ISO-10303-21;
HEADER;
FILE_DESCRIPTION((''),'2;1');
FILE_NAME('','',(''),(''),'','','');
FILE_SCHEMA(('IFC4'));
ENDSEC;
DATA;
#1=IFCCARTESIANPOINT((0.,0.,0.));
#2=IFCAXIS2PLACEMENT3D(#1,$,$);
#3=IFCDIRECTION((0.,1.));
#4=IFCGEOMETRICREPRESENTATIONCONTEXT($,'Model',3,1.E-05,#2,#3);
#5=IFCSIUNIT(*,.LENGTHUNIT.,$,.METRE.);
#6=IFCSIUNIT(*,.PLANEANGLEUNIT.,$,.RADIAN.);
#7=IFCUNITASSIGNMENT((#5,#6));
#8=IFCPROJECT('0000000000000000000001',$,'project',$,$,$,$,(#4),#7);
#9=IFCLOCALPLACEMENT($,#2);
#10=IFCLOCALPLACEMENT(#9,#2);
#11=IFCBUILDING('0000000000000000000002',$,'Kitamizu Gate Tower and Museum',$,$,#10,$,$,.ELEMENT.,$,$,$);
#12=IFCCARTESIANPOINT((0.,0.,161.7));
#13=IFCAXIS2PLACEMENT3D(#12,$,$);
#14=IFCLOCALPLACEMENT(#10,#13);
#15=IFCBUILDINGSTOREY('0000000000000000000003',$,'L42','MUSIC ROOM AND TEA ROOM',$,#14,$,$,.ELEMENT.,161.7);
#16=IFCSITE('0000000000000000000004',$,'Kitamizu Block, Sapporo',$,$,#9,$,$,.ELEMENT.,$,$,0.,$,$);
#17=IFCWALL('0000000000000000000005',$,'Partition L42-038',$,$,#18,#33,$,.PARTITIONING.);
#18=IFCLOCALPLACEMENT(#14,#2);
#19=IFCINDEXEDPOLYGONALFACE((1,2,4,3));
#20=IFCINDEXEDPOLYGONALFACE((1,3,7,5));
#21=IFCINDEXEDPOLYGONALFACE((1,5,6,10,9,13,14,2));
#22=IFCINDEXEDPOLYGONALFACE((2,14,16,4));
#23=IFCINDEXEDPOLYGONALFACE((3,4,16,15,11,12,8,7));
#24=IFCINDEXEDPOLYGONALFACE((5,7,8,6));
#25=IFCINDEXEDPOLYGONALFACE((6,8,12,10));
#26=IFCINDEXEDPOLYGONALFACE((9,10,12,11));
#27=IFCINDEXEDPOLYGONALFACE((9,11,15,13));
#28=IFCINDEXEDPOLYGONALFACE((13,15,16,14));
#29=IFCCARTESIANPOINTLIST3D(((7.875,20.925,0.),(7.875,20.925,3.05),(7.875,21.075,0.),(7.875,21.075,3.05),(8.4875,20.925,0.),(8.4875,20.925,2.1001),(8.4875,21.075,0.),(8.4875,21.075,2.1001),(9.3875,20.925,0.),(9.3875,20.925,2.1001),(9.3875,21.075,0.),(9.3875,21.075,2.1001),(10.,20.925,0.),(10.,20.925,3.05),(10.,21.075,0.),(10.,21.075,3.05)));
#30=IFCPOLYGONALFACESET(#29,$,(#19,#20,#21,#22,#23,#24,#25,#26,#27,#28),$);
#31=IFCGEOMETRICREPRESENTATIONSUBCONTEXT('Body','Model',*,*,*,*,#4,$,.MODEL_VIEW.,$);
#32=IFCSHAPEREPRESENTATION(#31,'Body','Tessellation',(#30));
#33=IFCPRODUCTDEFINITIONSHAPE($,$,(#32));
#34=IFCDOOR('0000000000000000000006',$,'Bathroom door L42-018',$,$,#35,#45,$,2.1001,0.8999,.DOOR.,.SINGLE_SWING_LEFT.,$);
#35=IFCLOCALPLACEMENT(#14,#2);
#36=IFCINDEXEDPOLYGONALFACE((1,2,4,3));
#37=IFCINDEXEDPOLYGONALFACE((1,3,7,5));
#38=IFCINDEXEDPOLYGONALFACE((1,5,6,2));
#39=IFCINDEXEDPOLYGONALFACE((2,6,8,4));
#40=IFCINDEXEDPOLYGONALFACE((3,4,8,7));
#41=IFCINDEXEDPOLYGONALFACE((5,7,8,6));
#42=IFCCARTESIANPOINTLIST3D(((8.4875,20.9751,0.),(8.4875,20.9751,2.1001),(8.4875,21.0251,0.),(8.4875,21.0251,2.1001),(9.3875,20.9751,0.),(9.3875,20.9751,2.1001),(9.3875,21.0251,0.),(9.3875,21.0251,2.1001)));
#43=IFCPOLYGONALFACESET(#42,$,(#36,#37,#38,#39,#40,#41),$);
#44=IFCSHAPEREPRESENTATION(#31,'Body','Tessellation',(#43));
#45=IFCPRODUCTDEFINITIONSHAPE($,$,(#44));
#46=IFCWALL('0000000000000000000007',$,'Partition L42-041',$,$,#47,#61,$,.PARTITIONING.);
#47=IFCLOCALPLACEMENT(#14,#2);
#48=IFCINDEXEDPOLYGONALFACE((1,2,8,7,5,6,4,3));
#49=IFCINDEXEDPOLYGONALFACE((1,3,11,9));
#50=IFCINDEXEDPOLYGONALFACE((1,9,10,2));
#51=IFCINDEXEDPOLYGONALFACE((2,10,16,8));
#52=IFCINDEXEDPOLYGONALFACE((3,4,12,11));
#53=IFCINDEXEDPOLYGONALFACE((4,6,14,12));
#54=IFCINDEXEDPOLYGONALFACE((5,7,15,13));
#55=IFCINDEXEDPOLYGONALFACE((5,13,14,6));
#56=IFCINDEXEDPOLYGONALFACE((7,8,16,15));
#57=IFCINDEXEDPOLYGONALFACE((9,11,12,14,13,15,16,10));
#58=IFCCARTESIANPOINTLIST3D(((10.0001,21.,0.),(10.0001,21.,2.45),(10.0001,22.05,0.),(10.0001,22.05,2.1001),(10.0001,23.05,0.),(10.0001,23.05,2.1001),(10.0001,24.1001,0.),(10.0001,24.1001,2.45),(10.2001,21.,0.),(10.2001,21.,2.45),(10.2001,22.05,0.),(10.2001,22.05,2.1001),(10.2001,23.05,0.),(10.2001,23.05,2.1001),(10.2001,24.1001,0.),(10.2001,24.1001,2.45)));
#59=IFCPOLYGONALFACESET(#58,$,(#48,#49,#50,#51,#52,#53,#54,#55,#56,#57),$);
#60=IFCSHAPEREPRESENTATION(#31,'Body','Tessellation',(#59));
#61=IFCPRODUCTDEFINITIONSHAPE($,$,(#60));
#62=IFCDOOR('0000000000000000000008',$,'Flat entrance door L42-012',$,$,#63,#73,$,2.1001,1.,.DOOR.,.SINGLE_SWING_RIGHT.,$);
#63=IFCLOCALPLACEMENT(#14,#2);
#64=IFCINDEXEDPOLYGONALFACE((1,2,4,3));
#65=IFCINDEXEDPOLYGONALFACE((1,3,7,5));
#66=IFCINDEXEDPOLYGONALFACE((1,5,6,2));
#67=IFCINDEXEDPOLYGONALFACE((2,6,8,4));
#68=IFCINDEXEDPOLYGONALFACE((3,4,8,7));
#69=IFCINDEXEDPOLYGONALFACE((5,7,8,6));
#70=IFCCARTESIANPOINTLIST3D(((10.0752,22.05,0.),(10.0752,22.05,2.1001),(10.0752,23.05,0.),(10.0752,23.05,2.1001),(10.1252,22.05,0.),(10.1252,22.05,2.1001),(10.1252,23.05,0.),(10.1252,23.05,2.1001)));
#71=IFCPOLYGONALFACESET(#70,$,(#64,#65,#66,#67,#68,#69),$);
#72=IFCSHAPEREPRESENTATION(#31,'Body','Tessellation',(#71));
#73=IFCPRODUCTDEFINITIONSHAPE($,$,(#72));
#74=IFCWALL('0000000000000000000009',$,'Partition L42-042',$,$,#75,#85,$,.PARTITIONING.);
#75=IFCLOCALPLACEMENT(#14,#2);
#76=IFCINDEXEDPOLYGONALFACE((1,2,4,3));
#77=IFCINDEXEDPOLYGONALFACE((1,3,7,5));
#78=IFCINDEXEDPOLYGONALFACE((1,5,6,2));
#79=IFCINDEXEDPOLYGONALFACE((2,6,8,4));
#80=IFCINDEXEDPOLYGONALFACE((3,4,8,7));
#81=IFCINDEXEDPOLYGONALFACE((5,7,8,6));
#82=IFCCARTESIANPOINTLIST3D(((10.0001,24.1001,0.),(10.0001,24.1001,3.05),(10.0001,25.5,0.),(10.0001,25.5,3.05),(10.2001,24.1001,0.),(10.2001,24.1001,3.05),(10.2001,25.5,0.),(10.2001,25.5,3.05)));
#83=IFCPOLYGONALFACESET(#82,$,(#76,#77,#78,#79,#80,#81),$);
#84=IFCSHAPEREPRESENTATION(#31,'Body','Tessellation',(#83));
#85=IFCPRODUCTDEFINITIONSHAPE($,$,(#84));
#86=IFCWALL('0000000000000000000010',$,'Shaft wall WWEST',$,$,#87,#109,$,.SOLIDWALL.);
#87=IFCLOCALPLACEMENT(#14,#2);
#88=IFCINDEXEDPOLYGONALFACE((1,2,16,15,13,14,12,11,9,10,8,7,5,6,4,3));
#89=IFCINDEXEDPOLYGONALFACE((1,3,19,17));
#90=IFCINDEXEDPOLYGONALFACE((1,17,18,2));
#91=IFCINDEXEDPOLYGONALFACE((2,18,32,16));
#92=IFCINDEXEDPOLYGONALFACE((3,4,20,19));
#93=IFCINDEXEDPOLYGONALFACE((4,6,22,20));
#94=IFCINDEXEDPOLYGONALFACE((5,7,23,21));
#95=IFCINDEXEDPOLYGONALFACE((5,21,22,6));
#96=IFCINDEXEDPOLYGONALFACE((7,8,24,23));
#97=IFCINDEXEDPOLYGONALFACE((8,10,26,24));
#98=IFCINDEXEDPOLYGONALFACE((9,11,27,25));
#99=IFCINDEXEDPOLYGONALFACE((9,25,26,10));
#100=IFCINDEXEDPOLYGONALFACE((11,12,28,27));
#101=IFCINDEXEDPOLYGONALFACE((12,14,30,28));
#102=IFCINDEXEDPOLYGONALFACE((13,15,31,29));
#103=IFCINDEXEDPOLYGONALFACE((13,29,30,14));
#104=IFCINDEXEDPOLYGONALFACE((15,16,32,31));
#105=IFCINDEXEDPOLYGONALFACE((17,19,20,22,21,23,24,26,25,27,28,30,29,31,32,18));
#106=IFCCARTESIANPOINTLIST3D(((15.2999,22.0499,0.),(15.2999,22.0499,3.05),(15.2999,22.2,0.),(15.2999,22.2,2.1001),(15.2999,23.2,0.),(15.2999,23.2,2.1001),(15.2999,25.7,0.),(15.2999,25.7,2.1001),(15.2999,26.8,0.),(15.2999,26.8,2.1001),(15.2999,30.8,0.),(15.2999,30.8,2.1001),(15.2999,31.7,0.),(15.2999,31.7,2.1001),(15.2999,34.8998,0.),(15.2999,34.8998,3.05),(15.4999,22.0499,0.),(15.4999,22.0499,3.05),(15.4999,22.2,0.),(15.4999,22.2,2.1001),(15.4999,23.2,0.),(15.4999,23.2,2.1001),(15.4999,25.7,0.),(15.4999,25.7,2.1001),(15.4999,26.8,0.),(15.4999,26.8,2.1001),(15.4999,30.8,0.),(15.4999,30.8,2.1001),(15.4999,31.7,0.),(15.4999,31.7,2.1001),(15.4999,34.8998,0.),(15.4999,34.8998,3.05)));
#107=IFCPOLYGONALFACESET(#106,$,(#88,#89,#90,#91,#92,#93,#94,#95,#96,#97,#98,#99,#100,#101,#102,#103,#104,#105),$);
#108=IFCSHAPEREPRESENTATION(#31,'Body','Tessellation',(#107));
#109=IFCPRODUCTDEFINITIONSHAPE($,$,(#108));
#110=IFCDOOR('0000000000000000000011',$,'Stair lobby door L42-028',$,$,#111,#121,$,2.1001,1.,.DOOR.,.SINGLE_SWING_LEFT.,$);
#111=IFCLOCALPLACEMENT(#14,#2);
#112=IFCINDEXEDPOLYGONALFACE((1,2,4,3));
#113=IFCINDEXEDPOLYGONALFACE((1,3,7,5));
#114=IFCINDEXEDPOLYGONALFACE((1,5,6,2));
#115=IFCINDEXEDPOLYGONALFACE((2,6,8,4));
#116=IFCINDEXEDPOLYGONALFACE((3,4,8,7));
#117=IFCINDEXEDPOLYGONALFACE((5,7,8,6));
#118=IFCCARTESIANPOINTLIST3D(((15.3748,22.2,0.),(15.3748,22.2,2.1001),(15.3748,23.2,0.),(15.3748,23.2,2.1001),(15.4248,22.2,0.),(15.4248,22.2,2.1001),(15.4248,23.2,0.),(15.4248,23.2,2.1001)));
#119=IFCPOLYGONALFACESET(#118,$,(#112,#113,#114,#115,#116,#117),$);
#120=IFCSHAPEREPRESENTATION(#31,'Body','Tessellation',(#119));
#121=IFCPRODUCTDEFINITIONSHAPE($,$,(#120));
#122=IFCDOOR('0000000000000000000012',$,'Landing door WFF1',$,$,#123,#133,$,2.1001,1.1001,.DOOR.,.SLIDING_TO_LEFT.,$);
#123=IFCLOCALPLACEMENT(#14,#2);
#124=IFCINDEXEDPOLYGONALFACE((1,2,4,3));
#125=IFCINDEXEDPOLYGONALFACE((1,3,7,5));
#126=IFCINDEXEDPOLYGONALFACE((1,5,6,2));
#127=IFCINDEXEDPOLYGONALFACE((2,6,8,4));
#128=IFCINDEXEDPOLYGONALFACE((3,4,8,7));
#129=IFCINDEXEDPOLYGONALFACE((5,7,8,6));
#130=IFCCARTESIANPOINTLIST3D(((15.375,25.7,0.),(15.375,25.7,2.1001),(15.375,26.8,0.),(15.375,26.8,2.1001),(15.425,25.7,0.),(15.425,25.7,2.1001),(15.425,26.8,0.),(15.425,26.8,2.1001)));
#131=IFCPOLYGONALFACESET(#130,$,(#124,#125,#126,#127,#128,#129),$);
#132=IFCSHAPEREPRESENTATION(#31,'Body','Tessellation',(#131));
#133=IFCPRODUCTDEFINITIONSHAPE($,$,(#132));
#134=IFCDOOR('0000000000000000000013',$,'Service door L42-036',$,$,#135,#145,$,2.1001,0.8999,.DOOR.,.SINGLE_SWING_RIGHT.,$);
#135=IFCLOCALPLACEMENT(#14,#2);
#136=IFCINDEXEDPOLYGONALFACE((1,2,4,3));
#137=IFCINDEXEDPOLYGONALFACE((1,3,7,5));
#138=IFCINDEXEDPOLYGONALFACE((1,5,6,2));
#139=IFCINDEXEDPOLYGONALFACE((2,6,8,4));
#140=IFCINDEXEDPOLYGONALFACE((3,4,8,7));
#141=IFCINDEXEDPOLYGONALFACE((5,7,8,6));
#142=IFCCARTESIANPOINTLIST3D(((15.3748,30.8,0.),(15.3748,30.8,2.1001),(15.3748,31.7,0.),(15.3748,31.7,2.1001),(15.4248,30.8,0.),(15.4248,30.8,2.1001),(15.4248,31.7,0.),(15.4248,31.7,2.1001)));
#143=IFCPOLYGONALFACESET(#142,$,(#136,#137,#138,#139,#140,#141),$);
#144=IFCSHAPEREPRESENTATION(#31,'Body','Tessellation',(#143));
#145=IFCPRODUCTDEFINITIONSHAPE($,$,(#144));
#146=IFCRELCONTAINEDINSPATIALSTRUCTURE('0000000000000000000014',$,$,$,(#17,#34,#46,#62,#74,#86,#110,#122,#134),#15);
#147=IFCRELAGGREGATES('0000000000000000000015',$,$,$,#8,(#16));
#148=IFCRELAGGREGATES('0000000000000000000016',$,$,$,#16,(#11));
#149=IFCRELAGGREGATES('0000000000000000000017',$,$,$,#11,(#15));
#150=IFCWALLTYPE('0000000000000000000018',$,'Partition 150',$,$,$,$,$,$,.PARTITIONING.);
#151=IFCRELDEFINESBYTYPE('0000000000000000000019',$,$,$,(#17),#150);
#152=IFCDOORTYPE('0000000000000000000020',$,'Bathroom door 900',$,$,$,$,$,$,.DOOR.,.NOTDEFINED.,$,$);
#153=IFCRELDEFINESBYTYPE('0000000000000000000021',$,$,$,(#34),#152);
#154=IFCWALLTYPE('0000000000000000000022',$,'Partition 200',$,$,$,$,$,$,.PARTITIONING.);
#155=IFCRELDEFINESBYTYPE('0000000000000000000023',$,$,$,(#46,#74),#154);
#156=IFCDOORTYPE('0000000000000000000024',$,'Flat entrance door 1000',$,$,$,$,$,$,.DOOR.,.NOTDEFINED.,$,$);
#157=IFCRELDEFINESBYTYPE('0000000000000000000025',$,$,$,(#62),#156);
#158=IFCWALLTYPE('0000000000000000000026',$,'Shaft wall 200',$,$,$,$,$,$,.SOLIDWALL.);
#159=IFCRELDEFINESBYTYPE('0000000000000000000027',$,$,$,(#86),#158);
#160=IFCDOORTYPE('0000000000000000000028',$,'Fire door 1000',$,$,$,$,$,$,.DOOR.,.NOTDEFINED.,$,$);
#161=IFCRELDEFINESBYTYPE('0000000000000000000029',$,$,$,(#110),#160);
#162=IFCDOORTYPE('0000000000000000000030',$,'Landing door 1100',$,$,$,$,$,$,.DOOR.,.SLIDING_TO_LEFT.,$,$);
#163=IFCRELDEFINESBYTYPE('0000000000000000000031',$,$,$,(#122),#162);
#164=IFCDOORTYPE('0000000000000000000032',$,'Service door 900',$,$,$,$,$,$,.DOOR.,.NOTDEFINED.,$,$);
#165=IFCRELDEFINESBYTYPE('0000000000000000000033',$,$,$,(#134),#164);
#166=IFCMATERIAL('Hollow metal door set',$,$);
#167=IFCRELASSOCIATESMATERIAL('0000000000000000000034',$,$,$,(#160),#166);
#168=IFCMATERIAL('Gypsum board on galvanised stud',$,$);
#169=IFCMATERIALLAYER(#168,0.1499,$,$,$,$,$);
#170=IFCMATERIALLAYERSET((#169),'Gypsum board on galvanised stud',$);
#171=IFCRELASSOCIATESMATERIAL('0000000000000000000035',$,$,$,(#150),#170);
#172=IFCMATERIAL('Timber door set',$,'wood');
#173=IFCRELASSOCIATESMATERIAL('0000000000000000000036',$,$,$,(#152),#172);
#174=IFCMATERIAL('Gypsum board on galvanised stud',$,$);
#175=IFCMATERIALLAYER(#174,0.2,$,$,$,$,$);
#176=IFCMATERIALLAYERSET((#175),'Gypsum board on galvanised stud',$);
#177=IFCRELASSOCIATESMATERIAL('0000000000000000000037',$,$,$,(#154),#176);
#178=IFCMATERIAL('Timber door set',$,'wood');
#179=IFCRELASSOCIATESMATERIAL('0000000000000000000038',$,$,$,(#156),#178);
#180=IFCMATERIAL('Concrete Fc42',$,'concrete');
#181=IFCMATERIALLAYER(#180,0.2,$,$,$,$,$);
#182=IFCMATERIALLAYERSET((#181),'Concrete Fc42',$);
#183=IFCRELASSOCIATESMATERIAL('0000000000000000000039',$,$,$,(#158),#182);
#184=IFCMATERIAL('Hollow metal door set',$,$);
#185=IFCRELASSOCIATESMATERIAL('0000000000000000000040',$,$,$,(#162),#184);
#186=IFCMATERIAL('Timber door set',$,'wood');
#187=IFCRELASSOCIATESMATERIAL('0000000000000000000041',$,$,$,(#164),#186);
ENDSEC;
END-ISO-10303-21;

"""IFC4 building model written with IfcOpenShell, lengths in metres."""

from ifc_helpers import new_model, si_unit, direction, frame, frame_2d, origin, place, context, subcontext, project, spatial, rectangle, extrude, material, layer, layer_set, type_object, element, fill, save


model = new_model("IFC4")

# Units and contexts
model_context = context("Model", 3, precision=1e-05, world=origin(), true_north=direction((0.0, 1.0)))
body_context = subcontext(model_context, "Body", "Model", "MODEL_VIEW")
ifc_project = project(units=[si_unit("LENGTHUNIT", "METRE"), si_unit("PLANEANGLEUNIT", "RADIAN")], contexts=[model_context])

# Site, building, storey
site_placement = place(None, origin())
site = spatial("IfcSite", under=ifc_project, at=site_placement, Name="Kitamizu Block, Sapporo", CompositionType="ELEMENT", RefElevation=0.0)
building_placement = place(site_placement, origin())
building = spatial("IfcBuilding", under=site, at=building_placement, Name="Kitamizu Gate Tower and Museum", CompositionType="ELEMENT")
storey_placement = place(building_placement, frame((0.0, 0.0, 161.7)))
storey = spatial("IfcBuildingStorey", under=building, at=storey_placement, Name="L42", Description="MUSIC ROOM AND TEA ROOM", CompositionType="ELEMENT", Elevation=161.7)

# Shared definitions
ifc_material_1 = material(Name="Hollow metal door set")
door_type_1 = type_object("IfcDoorType", Name="Fire door 1000", OperationType="NOTDEFINED", PredefinedType="DOOR", material=ifc_material_1)

# Walls, openings, doors
ifc_material_2 = material(Name="Gypsum board on galvanised stud")
ifc_layer_1 = layer(ifc_material_2, 0.1499)
ifc_layer_set_1 = layer_set([ifc_layer_1], Name="Gypsum board on galvanised stud")
wall_type_1 = type_object("IfcWallType", Name="Partition 150", PredefinedType="PARTITIONING", material=ifc_layer_set_1)
wall_1_placement = place(storey_placement, frame((10.0, 21.0, 0.0), z_axis=(0.0, 0.0, 1.0), x_axis=(-1.0, 0.0, 0.0)))
wall_1 = element("IfcWall", 1, at=wall_1_placement, inside=storey, type_object=wall_type_1, Name="Partition L42-038", PredefinedType="PARTITIONING", context=body_context, shape_type="SweptSolid", body=[
    extrude(rectangle(XDim=2.125, YDim=0.1499, at=frame_2d((1.0625, 0.0))), origin(), (0.0, 0.0, 1.0), 3.05),
])
opening_1_placement = place(wall_1_placement, frame((0.6125, 0.0, 0.0)))
opening_1 = element("IfcOpeningElement", 2, at=opening_1_placement, cuts=wall_1, PredefinedType="OPENING", context=body_context, shape_type="SweptSolid", body=[
    extrude(rectangle(XDim=0.8999, YDim=2.1001, at=frame_2d((0.45, 1.05))), frame((0.0, 0.085, 0.0), z_axis=(0.0, -1.0, 0.0), x_axis=(1.0, 0.0, 0.0)), (0.0, 0.0, 1.0), 0.1699),
])
ifc_material_3 = material(Name="Timber door set", Category="wood")
door_type_2 = type_object("IfcDoorType", Name="Bathroom door 900", OperationType="NOTDEFINED", PredefinedType="DOOR", material=ifc_material_3)
door_1_placement = place(opening_1_placement, origin())
door_1 = element("IfcDoor", 3, at=door_1_placement, inside=storey, type_object=door_type_2, Name="Bathroom door L42-018", OperationType="SINGLE_SWING_LEFT", OverallHeight=2.1001, OverallWidth=0.8999, PredefinedType="DOOR", context=body_context, shape_type="SweptSolid", body=[
    extrude(rectangle(XDim=0.8999, YDim=2.1001, at=frame_2d((0.45, 1.05))), frame((0.0, 0.0249, 0.0), z_axis=(0.0, -1.0, 0.0), x_axis=(1.0, 0.0, 0.0)), (0.0, 0.0, 1.0), 0.05),
])
fill(opening_1, door_1)
ifc_material_4 = material(Name="Gypsum board on galvanised stud")
ifc_layer_2 = layer(ifc_material_4, 0.2)
ifc_layer_set_2 = layer_set([ifc_layer_2], Name="Gypsum board on galvanised stud")
wall_type_2 = type_object("IfcWallType", Name="Partition 200", PredefinedType="PARTITIONING", material=ifc_layer_set_2)
wall_2_placement = place(storey_placement, frame((10.1001, 21.0, 0.0), z_axis=(0.0, 0.0, 1.0), x_axis=(0.0, 1.0, 0.0)))
wall_2 = element("IfcWall", 4, at=wall_2_placement, inside=storey, type_object=wall_type_2, Name="Partition L42-041", PredefinedType="PARTITIONING", context=body_context, shape_type="SweptSolid", body=[
    extrude(rectangle(XDim=3.1001, YDim=0.2, at=frame_2d((1.55, 0.0))), origin(), (0.0, 0.0, 1.0), 2.45),
])
opening_2_placement = place(wall_2_placement, frame((1.05, 0.0, 0.0)))
opening_2 = element("IfcOpeningElement", 5, at=opening_2_placement, cuts=wall_2, PredefinedType="OPENING", context=body_context, shape_type="SweptSolid", body=[
    extrude(rectangle(XDim=1.0, YDim=2.1001, at=frame_2d((0.5, 1.05))), frame((0.0, 0.1099, 0.0), z_axis=(0.0, -1.0, 0.0), x_axis=(1.0, 0.0, 0.0)), (0.0, 0.0, 1.0), 0.22),
])
ifc_material_5 = material(Name="Timber door set", Category="wood")
door_type_3 = type_object("IfcDoorType", Name="Flat entrance door 1000", OperationType="NOTDEFINED", PredefinedType="DOOR", material=ifc_material_5)
door_2_placement = place(opening_2_placement, origin())
door_2 = element("IfcDoor", 6, at=door_2_placement, inside=storey, type_object=door_type_3, Name="Flat entrance door L42-012", OperationType="SINGLE_SWING_RIGHT", OverallHeight=2.1001, OverallWidth=1.0, PredefinedType="DOOR", context=body_context, shape_type="SweptSolid", body=[
    extrude(rectangle(XDim=1.0, YDim=2.1001, at=frame_2d((0.5, 1.05))), frame((0.0, 0.0249, 0.0), z_axis=(0.0, -1.0, 0.0), x_axis=(1.0, 0.0, 0.0)), (0.0, 0.0, 1.0), 0.05),
])
fill(opening_2, door_2)

# Wall
wall_3_placement = place(storey_placement, frame((10.1001, 24.1001, 0.0), z_axis=(0.0, 0.0, 1.0), x_axis=(0.0, 1.0, 0.0)))
element("IfcWall", 7, at=wall_3_placement, inside=storey, type_object=wall_type_2, Name="Partition L42-042", PredefinedType="PARTITIONING", context=body_context, shape_type="SweptSolid", body=[
    extrude(rectangle(XDim=1.3999, YDim=0.2, at=frame_2d((0.7, 0.0))), origin(), (0.0, 0.0, 1.0), 3.05),
])

# Wall, openings, doors
ifc_material_6 = material(Name="Concrete Fc42", Category="concrete")
ifc_layer_3 = layer(ifc_material_6, 0.2)
ifc_layer_set_3 = layer_set([ifc_layer_3], Name="Concrete Fc42")
wall_type_3 = type_object("IfcWallType", Name="Shaft wall 200", PredefinedType="SOLIDWALL", material=ifc_layer_set_3)
wall_4_placement = place(storey_placement, frame((15.3999, 22.05, 0.0), z_axis=(0.0, 0.0, 1.0), x_axis=(0.0, 1.0, 0.0)))
wall_4 = element("IfcWall", 8, at=wall_4_placement, inside=storey, type_object=wall_type_3, Name="Shaft wall WWEST", PredefinedType="SOLIDWALL", context=body_context, shape_type="SweptSolid", body=[
    extrude(rectangle(XDim=12.8499, YDim=0.2, at=frame_2d((6.4248, 0.0))), origin(), (0.0, 0.0, 1.0), 3.05),
])
opening_3_placement = place(wall_4_placement, frame((3.6499, 0.0, 0.0)))
opening_3 = element("IfcOpeningElement", 9, at=opening_3_placement, cuts=wall_4, PredefinedType="OPENING", context=body_context, shape_type="SweptSolid", body=[
    extrude(rectangle(XDim=1.1001, YDim=2.1001, at=frame_2d((0.55, 1.05))), frame((0.0, 0.1099, 0.0), z_axis=(0.0, -1.0, 0.0), x_axis=(1.0, 0.0, 0.0)), (0.0, 0.0, 1.0), 0.22),
])
opening_4_placement = place(wall_4_placement, frame((0.1499, 0.0, 0.0)))
opening_4 = element("IfcOpeningElement", 10, at=opening_4_placement, cuts=wall_4, PredefinedType="OPENING", context=body_context, shape_type="SweptSolid", body=[
    extrude(rectangle(XDim=1.0, YDim=2.1001, at=frame_2d((0.5, 1.05))), frame((0.0, 0.1099, 0.0), z_axis=(0.0, -1.0, 0.0), x_axis=(1.0, 0.0, 0.0)), (0.0, 0.0, 1.0), 0.22),
])
opening_5_placement = place(wall_4_placement, frame((8.75, 0.0, 0.0)))
opening_5 = element("IfcOpeningElement", 11, at=opening_5_placement, cuts=wall_4, PredefinedType="OPENING", context=body_context, shape_type="SweptSolid", body=[
    extrude(rectangle(XDim=0.8999, YDim=2.1001, at=frame_2d((0.45, 1.05))), frame((0.0, 0.1099, 0.0), z_axis=(0.0, -1.0, 0.0), x_axis=(1.0, 0.0, 0.0)), (0.0, 0.0, 1.0), 0.22),
])
door_3_placement = place(opening_4_placement, frame((1.0, 0.0, 0.0), x_axis=(-1.0, 0.0, 0.0)))
door_3 = element("IfcDoor", 12, at=door_3_placement, inside=storey, type_object=door_type_1, Name="Stair lobby door L42-028", OperationType="SINGLE_SWING_LEFT", OverallHeight=2.1001, OverallWidth=1.0, PredefinedType="DOOR", context=body_context, shape_type="SweptSolid", body=[
    extrude(rectangle(XDim=1.0, YDim=2.1001, at=frame_2d((0.5, 1.05))), frame((0.0, 0.0249, 0.0), z_axis=(0.0, -1.0, 0.0), x_axis=(1.0, 0.0, 0.0)), (0.0, 0.0, 1.0), 0.05),
])
fill(opening_4, door_3)
ifc_material_7 = material(Name="Hollow metal door set")
door_type_4 = type_object("IfcDoorType", Name="Landing door 1100", OperationType="SLIDING_TO_LEFT", PredefinedType="DOOR", material=ifc_material_7)
door_4_placement = place(opening_3_placement, origin())
door_4 = element("IfcDoor", 13, at=door_4_placement, inside=storey, type_object=door_type_4, Name="Landing door WFF1", OperationType="SLIDING_TO_LEFT", OverallHeight=2.1001, OverallWidth=1.1001, PredefinedType="DOOR", context=body_context, shape_type="SweptSolid", body=[
    extrude(rectangle(XDim=1.1001, YDim=2.1001, at=frame_2d((0.55, 1.05))), frame((0.0, 0.0249, 0.0), z_axis=(0.0, -1.0, 0.0), x_axis=(1.0, 0.0, 0.0)), (0.0, 0.0, 1.0), 0.05),
])
fill(opening_3, door_4)
ifc_material_8 = material(Name="Timber door set", Category="wood")
door_type_5 = type_object("IfcDoorType", Name="Service door 900", OperationType="NOTDEFINED", PredefinedType="DOOR", material=ifc_material_8)
door_5_placement = place(opening_5_placement, frame((0.8999, 0.0, 0.0), x_axis=(-1.0, 0.0, 0.0)))
door_5 = element("IfcDoor", 14, at=door_5_placement, inside=storey, type_object=door_type_5, Name="Service door L42-036", OperationType="SINGLE_SWING_RIGHT", OverallHeight=2.1001, OverallWidth=0.8999, PredefinedType="DOOR", context=body_context, shape_type="SweptSolid", body=[
    extrude(rectangle(XDim=0.8999, YDim=2.1001, at=frame_2d((0.45, 1.05))), frame((0.0, 0.0249, 0.0), z_axis=(0.0, -1.0, 0.0), x_axis=(1.0, 0.0, 0.0)), (0.0, 0.0, 1.0), 0.05),
])
fill(opening_5, door_5)

save(model, "model.ifc")
